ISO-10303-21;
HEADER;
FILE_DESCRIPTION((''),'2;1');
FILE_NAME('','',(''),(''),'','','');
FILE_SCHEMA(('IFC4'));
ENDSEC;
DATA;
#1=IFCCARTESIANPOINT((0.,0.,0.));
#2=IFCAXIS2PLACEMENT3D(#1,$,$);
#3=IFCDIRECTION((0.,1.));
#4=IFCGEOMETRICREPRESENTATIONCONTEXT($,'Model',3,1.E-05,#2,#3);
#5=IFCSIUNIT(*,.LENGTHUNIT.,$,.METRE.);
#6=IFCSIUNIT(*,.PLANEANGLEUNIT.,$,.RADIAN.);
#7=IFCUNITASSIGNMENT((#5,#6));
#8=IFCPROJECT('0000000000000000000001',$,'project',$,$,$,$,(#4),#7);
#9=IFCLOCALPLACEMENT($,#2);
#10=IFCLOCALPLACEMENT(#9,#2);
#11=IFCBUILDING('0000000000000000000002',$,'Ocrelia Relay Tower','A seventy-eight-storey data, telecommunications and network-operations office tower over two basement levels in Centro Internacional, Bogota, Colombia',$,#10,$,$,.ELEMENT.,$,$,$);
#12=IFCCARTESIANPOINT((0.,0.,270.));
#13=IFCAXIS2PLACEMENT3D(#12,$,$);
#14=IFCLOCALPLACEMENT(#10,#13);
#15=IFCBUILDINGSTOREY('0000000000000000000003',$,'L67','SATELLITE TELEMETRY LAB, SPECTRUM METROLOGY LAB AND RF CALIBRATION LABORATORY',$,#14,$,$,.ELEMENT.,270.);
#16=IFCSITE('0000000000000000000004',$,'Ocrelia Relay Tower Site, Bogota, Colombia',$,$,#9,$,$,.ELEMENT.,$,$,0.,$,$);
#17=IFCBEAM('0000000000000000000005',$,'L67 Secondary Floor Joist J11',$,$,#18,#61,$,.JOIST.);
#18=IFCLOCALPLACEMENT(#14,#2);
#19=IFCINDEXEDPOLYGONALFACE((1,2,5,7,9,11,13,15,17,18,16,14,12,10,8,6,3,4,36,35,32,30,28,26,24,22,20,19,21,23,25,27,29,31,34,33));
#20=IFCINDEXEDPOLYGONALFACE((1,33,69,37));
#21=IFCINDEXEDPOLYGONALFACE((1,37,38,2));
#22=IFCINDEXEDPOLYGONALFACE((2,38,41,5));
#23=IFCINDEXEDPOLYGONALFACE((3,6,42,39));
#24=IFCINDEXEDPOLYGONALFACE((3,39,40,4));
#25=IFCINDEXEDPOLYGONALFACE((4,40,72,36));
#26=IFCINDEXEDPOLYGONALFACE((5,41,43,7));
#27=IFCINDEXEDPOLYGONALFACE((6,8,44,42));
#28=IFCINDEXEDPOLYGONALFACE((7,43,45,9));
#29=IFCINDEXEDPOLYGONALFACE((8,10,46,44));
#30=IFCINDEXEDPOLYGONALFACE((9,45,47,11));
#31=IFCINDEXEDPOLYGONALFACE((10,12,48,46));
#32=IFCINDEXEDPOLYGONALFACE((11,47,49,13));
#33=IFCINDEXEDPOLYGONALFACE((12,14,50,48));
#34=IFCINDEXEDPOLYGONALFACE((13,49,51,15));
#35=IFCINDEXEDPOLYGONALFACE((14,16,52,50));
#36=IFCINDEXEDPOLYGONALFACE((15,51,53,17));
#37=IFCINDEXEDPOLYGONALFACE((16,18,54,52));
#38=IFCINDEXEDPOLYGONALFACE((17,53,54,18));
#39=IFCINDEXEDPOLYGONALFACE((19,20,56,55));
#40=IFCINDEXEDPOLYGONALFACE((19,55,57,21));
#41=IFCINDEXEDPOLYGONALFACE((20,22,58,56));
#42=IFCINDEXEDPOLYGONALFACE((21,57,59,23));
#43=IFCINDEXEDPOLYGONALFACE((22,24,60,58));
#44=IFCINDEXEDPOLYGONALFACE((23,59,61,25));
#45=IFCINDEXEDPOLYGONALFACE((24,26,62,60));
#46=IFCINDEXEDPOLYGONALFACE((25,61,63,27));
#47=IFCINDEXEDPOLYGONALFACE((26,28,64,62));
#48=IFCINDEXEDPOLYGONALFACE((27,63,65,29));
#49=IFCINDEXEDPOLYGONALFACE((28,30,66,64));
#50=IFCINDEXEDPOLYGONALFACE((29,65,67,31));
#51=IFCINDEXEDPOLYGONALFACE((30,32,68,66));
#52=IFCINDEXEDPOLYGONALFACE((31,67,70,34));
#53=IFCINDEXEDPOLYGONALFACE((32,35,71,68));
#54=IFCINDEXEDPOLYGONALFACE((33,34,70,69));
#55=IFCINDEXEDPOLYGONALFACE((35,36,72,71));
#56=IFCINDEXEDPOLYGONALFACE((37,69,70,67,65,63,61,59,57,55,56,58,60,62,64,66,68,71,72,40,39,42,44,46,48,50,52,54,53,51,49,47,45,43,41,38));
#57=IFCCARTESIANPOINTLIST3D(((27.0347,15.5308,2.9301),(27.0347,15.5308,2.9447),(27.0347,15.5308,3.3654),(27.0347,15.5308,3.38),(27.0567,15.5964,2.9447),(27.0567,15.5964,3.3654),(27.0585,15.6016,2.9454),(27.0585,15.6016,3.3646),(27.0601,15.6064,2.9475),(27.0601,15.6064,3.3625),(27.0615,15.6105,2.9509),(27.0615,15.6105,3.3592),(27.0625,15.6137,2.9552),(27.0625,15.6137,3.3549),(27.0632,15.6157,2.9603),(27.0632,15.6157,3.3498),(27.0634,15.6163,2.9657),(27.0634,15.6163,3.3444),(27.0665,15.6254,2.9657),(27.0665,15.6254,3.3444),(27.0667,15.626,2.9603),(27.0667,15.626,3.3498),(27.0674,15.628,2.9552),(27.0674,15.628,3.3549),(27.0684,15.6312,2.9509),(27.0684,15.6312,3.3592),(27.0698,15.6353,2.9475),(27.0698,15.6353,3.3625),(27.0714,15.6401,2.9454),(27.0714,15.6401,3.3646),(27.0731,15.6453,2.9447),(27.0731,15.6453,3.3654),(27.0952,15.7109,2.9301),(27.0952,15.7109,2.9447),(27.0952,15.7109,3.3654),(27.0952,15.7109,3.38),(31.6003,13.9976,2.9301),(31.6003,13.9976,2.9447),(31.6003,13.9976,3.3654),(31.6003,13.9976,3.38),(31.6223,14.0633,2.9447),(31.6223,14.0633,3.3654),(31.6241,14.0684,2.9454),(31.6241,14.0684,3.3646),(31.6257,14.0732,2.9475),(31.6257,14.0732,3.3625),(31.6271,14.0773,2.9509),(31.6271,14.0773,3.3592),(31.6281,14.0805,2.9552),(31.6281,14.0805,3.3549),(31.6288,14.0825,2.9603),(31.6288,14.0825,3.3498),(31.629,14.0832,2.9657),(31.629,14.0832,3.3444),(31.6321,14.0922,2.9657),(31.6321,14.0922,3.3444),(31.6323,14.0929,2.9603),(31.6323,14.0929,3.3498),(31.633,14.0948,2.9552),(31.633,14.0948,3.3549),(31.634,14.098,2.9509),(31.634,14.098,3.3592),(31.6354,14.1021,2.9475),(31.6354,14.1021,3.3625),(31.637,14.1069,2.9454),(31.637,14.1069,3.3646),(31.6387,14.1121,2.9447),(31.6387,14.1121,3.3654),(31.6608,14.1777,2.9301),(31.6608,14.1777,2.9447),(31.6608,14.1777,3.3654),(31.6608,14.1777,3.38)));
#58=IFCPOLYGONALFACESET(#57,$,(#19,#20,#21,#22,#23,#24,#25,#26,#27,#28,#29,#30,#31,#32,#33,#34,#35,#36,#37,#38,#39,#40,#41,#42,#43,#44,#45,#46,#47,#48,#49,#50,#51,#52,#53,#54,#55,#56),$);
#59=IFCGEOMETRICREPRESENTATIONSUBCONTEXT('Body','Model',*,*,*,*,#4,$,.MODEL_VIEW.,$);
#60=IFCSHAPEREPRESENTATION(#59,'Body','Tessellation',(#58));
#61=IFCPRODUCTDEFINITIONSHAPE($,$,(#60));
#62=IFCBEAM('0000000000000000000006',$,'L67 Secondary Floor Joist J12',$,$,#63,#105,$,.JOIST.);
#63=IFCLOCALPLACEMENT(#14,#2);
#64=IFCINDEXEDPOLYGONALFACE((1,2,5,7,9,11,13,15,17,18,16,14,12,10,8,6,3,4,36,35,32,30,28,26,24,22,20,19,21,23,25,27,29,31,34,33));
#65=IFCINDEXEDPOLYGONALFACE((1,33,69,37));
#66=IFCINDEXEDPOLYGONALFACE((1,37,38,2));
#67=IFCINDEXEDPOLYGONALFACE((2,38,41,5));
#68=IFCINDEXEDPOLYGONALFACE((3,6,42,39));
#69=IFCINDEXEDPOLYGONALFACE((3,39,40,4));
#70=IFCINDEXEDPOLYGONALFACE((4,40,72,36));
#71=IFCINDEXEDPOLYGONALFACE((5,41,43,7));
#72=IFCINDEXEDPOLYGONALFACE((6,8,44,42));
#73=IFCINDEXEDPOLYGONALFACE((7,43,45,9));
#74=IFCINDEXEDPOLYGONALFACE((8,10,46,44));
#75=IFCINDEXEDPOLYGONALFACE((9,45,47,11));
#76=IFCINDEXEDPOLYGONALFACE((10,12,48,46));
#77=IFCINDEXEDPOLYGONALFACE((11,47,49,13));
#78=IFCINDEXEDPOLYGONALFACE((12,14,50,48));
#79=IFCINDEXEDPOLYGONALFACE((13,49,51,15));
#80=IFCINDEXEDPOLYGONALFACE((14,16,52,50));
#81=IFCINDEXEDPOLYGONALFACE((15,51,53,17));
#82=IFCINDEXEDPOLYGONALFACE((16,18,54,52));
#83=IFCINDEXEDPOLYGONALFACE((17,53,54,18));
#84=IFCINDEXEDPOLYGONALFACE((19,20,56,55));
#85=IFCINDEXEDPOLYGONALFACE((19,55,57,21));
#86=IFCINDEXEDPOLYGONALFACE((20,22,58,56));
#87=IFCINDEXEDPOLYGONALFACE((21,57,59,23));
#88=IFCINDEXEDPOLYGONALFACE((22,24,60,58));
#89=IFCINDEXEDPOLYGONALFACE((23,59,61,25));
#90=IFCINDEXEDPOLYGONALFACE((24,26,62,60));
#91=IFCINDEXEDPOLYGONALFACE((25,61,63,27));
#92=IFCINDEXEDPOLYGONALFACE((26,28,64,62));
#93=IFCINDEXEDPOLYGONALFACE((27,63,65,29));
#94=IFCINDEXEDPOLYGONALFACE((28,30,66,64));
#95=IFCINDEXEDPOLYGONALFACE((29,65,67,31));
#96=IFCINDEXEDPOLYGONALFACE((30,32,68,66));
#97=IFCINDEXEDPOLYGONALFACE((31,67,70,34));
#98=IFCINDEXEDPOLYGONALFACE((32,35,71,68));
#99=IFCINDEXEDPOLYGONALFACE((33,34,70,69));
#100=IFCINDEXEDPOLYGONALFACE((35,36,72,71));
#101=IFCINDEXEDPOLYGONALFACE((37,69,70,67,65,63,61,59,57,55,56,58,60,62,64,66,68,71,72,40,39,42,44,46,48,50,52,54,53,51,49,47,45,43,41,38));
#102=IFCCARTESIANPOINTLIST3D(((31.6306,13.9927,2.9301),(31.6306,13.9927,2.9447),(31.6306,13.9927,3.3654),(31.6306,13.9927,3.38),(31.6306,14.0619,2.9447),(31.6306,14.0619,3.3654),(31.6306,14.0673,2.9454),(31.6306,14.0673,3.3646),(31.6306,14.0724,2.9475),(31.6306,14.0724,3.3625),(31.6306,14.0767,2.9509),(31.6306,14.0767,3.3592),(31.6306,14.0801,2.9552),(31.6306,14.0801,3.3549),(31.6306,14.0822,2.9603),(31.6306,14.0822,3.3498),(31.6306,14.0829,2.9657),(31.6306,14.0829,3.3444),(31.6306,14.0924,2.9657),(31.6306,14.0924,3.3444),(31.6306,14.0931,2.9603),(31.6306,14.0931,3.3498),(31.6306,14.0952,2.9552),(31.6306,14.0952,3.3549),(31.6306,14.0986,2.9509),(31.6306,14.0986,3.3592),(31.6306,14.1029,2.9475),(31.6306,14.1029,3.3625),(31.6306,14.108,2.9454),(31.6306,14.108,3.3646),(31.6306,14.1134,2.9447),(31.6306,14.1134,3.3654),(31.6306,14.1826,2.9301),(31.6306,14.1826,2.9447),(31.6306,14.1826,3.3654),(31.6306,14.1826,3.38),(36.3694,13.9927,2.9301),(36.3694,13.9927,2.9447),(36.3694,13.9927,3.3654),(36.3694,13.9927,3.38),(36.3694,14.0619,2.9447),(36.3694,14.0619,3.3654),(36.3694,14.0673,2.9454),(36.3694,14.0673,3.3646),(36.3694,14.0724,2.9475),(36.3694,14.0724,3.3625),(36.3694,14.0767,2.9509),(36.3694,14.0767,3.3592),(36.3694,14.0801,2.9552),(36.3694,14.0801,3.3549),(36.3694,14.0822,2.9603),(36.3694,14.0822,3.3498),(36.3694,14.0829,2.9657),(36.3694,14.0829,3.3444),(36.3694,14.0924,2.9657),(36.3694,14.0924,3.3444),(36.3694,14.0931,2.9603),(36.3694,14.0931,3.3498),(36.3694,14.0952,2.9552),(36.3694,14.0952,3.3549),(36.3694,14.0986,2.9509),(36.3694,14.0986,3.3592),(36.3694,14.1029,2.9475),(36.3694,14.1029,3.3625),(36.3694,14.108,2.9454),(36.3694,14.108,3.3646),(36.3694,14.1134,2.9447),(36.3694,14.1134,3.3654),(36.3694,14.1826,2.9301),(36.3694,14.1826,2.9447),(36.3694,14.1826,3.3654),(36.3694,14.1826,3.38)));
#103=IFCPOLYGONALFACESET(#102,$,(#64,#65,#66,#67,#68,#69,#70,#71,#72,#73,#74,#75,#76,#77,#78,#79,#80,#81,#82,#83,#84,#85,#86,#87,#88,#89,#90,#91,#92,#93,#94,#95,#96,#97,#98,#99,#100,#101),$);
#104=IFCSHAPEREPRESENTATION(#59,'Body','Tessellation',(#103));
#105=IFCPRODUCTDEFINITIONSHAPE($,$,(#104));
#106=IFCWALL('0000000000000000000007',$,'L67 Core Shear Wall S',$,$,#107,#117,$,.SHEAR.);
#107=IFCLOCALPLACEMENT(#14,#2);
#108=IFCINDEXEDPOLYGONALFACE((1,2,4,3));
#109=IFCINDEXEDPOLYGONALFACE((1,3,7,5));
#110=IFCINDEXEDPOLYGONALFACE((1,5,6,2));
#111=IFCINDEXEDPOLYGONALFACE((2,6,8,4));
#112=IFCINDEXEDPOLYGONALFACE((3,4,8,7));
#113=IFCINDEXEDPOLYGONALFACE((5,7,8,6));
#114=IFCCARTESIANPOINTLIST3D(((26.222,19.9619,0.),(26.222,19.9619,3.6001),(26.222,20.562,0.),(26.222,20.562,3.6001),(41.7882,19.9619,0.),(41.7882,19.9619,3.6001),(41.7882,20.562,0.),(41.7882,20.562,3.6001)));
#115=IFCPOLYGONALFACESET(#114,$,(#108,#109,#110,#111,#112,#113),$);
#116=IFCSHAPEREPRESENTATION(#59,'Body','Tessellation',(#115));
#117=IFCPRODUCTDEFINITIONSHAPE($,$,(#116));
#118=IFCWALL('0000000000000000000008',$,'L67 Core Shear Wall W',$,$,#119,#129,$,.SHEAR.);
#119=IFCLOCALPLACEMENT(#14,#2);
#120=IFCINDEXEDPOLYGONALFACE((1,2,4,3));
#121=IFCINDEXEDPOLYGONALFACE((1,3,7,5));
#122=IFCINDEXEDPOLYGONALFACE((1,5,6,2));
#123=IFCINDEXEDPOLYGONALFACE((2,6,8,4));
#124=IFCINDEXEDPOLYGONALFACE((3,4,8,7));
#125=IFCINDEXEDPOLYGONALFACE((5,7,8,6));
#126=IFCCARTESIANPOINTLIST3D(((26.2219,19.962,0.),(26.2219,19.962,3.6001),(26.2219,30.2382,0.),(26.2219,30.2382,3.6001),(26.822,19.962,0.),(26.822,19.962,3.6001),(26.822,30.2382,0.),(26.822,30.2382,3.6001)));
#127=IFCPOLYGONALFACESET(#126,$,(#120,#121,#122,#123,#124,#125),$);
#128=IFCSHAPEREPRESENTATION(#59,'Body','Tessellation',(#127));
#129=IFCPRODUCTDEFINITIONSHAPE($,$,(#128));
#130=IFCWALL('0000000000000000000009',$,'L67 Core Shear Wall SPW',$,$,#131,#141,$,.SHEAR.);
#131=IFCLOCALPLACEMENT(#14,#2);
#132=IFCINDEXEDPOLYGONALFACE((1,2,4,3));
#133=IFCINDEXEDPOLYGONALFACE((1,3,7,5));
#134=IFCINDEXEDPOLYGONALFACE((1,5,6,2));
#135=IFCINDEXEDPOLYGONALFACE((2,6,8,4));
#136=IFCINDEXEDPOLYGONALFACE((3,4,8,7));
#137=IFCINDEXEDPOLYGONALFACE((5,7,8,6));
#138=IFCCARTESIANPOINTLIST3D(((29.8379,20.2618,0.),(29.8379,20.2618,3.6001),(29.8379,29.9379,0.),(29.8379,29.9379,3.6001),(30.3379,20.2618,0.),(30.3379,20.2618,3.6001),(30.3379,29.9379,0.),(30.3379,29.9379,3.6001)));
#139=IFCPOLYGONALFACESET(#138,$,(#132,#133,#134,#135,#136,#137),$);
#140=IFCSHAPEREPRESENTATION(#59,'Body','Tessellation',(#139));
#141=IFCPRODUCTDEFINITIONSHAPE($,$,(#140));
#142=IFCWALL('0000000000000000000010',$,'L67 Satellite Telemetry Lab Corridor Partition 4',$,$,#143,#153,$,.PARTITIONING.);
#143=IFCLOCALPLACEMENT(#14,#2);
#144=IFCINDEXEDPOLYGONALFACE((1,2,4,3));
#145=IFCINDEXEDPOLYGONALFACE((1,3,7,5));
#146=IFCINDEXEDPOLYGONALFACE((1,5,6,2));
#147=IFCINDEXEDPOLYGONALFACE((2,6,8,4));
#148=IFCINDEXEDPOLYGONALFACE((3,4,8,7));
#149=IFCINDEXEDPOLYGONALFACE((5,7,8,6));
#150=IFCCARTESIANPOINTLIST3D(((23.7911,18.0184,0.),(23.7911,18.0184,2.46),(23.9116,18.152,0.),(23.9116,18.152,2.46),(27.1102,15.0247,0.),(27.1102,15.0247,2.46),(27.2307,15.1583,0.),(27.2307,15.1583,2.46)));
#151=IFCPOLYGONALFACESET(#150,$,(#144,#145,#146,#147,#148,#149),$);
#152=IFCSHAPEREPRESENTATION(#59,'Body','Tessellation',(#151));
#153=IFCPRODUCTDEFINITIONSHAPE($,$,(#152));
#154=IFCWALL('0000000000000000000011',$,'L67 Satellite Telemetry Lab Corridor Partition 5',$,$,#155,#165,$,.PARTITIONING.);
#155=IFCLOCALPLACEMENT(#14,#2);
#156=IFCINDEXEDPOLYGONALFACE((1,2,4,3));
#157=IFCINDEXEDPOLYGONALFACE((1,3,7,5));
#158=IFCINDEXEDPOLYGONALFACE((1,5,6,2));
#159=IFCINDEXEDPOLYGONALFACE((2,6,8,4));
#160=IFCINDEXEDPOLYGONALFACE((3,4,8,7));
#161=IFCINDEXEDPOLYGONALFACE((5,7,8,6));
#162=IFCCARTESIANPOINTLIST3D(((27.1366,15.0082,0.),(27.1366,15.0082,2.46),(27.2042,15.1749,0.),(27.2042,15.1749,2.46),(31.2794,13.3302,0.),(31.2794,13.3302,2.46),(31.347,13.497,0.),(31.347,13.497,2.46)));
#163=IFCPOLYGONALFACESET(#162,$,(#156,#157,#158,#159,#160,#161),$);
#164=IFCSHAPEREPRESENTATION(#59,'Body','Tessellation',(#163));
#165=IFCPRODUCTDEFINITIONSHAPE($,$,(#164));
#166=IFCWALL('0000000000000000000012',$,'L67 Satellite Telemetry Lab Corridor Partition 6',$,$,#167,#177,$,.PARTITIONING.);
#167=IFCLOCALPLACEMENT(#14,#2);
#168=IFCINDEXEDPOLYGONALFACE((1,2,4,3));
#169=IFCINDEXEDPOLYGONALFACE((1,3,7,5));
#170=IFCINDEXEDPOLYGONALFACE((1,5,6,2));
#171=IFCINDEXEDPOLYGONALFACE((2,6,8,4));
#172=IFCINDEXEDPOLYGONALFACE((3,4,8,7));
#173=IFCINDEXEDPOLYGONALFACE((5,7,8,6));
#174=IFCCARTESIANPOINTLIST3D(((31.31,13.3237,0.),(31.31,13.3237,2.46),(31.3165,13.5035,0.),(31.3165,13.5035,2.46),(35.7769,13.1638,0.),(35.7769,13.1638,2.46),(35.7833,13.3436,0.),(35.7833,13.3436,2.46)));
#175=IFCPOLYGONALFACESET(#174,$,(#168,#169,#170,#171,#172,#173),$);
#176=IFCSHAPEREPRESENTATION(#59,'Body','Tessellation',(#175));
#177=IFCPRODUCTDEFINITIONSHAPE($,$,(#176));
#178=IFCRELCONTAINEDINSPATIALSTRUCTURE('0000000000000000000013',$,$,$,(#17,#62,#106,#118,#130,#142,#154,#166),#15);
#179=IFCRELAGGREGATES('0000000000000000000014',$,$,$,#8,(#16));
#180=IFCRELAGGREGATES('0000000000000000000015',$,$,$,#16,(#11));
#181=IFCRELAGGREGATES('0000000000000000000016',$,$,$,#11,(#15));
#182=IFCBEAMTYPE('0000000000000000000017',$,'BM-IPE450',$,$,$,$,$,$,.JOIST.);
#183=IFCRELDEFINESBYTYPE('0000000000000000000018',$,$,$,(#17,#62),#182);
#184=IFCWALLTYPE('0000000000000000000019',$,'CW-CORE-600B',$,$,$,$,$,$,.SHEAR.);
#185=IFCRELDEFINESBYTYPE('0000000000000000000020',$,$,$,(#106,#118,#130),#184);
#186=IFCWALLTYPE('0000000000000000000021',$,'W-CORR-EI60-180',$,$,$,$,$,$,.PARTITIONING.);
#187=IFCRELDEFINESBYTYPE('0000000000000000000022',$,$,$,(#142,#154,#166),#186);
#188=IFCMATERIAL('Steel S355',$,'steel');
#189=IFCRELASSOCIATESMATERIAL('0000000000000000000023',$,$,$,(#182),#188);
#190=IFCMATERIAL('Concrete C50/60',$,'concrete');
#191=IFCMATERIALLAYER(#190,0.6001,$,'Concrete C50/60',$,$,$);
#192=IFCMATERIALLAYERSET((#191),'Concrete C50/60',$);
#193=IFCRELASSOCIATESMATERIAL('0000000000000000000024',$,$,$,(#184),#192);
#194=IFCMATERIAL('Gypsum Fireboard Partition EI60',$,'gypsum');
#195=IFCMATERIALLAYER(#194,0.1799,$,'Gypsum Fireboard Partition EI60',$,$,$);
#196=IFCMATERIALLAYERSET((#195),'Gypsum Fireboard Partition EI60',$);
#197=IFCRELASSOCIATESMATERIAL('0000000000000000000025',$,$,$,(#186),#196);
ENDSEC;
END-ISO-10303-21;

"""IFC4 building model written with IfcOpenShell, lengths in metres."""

from ifc_helpers import new_model, si_unit, direction, frame, frame_2d, origin, origin_2d, place, context, subcontext, project, spatial, rectangle, i_section, extrude, material, layer, layer_set, material_profile, profile_set, type_object, element, save


model = new_model("IFC4")

# Units and contexts
model_context = context("Model", 3, precision=1e-05, world=origin(), true_north=direction((0.0, 1.0)))
body_context = subcontext(model_context, "Body", "Model", "MODEL_VIEW")
ifc_project = project(units=[si_unit("LENGTHUNIT", "METRE"), si_unit("PLANEANGLEUNIT", "RADIAN")], contexts=[model_context])

# Site, building, storey
site_placement = place(None, origin())
site = spatial("IfcSite", under=ifc_project, at=site_placement, Name="Ocrelia Relay Tower Site, Bogota, Colombia", CompositionType="ELEMENT", RefElevation=0.0)
building_placement = place(site_placement, origin())
building = spatial("IfcBuilding", under=site, at=building_placement, Name="Ocrelia Relay Tower", Description="A seventy-eight-storey data, telecommunications and network-operations office tower over two basement levels in Centro Internacional, Bogota, Colombia", CompositionType="ELEMENT")
storey_placement = place(building_placement, frame((0.0, 0.0, 270.0)))
storey = spatial("IfcBuildingStorey", under=building, at=storey_placement, Name="L67", Description="SATELLITE TELEMETRY LAB, SPECTRUM METROLOGY LAB AND RF CALIBRATION LABORATORY", CompositionType="ELEMENT", Elevation=270.0)

# Shared definitions
ifc_material_1 = material(Name="Concrete C50/60", Category="concrete")

# Beams
ifc_material_2 = material(Name="Steel S355", Category="steel")
ifc_material_profile_1 = material_profile(ifc_material_2, i_section(OverallWidth=0.1899, OverallDepth=0.45, WebThickness=0.0095, FlangeThickness=0.0146, FilletRadius=0.021, at=origin_2d()), Name="IPE 450")
ifc_profile_set_1 = profile_set([ifc_material_profile_1], Name="Steel S355")
beam_type_1 = type_object("IfcBeamType", Name="BM-IPE450", PredefinedType="JOIST", material=ifc_profile_set_1)
beam_1_placement = place(storey_placement, frame((27.0649, 15.6208, 3.155), z_axis=(0.947976, -0.318341, 0.0), x_axis=(0.318341, 0.947976, 0.0)))
element("IfcBeam", 1, at=beam_1_placement, inside=storey, type_object=beam_type_1, Name="L67 Secondary Floor Joist J11", PredefinedType="JOIST", context=body_context, shape_type="SweptSolid", body=[
    extrude(i_section(OverallWidth=0.1899, OverallDepth=0.45, WebThickness=0.0095, FlangeThickness=0.0146, FilletRadius=0.021, at=origin_2d()), origin(), (0.0, 0.0, 1.0), 4.8162),
])
beam_2_placement = place(storey_placement, frame((31.6306, 14.0876, 3.155), z_axis=(1.0, 0.0, 0.0), x_axis=(0.0, 1.0, 0.0)))
element("IfcBeam", 2, at=beam_2_placement, inside=storey, type_object=beam_type_1, Name="L67 Secondary Floor Joist J12", PredefinedType="JOIST", context=body_context, shape_type="SweptSolid", body=[
    extrude(i_section(OverallWidth=0.1899, OverallDepth=0.45, WebThickness=0.0095, FlangeThickness=0.0146, FilletRadius=0.021, at=origin_2d()), origin(), (0.0, 0.0, 1.0), 4.7388),
])

# Walls
ifc_layer_1 = layer(ifc_material_1, 0.6001, Name="Concrete C50/60")
ifc_layer_set_1 = layer_set([ifc_layer_1], Name="Concrete C50/60")
wall_type_1 = type_object("IfcWallType", Name="CW-CORE-600B", PredefinedType="SHEAR", material=ifc_layer_set_1)
wall_1_placement = place(storey_placement, frame((26.2219, 20.262, 0.0), z_axis=(0.0, 0.0, 1.0), x_axis=(1.0, 0.0, 0.0)))
element("IfcWall", 3, at=wall_1_placement, inside=storey, type_object=wall_type_1, Name="L67 Core Shear Wall S", PredefinedType="SHEAR", context=body_context, shape_type="SweptSolid", body=[
    extrude(rectangle(XDim=15.5662, YDim=0.6001, at=frame_2d((7.7832, 0.0))), origin(), (0.0, 0.0, 1.0), 3.6001),
])
wall_2_placement = place(storey_placement, frame((26.522, 19.9619, 0.0), z_axis=(0.0, 0.0, 1.0), x_axis=(0.0, 1.0, 0.0)))
element("IfcWall", 4, at=wall_2_placement, inside=storey, type_object=wall_type_1, Name="L67 Core Shear Wall W", PredefinedType="SHEAR", context=body_context, shape_type="SweptSolid", body=[
    extrude(rectangle(XDim=10.2761, YDim=0.6001, at=frame_2d((5.1382, 0.0))), origin(), (0.0, 0.0, 1.0), 3.6001),
])
wall_3_placement = place(storey_placement, frame((30.0879, 20.262, 0.0), z_axis=(0.0, 0.0, 1.0), x_axis=(0.0, 1.0, 0.0)))
element("IfcWall", 5, at=wall_3_placement, inside=storey, type_object=wall_type_1, Name="L67 Core Shear Wall SPW", PredefinedType="SHEAR", context=body_context, shape_type="SweptSolid", body=[
    extrude(rectangle(XDim=9.676, YDim=0.5, at=frame_2d((4.8379, 0.0))), origin(), (0.0, 0.0, 1.0), 3.6001),
])

# Shared definitions
ifc_material_3 = material(Name="Gypsum Fireboard Partition EI60", Category="gypsum")
ifc_layer_2 = layer(ifc_material_3, 0.1799, Name="Gypsum Fireboard Partition EI60")
ifc_layer_set_2 = layer_set([ifc_layer_2], Name="Gypsum Fireboard Partition EI60")
wall_type_2 = type_object("IfcWallType", Name="W-CORR-EI60-180", PredefinedType="PARTITIONING", material=ifc_layer_set_2)

# Walls
for number, where, z_axis, x_axis, name in (
    (6, (23.8513, 18.0852, 0.0), (0.0, 0.0, 1.0), (0.742574, -0.669764, 0.0), "L67 Satellite Telemetry Lab Corridor Partition 4"),
    (7, (27.1704, 15.0916, 0.0), (0.0, 0.0, 1.0), (0.926859, -0.375408, 0.0), "L67 Satellite Telemetry Lab Corridor Partition 5"),
    (8, (31.3132, 13.4136, 0.0), (0.0, 0.0, 1.0), (0.99936, -0.035777, 0.0), "L67 Satellite Telemetry Lab Corridor Partition 6"),
):
    element("IfcWall", number, at=place(storey_placement, frame(where, z_axis=z_axis, x_axis=x_axis)), inside=storey, type_object=wall_type_2, Name=name, PredefinedType="PARTITIONING", context=body_context, shape_type="SweptSolid", body=[
        extrude(rectangle(XDim=4.4697, YDim=0.1799, at=frame_2d((2.2349, 0.0))), origin(), (0.0, 0.0, 1.0), 2.46),
    ])

save(model, "model.ifc")
